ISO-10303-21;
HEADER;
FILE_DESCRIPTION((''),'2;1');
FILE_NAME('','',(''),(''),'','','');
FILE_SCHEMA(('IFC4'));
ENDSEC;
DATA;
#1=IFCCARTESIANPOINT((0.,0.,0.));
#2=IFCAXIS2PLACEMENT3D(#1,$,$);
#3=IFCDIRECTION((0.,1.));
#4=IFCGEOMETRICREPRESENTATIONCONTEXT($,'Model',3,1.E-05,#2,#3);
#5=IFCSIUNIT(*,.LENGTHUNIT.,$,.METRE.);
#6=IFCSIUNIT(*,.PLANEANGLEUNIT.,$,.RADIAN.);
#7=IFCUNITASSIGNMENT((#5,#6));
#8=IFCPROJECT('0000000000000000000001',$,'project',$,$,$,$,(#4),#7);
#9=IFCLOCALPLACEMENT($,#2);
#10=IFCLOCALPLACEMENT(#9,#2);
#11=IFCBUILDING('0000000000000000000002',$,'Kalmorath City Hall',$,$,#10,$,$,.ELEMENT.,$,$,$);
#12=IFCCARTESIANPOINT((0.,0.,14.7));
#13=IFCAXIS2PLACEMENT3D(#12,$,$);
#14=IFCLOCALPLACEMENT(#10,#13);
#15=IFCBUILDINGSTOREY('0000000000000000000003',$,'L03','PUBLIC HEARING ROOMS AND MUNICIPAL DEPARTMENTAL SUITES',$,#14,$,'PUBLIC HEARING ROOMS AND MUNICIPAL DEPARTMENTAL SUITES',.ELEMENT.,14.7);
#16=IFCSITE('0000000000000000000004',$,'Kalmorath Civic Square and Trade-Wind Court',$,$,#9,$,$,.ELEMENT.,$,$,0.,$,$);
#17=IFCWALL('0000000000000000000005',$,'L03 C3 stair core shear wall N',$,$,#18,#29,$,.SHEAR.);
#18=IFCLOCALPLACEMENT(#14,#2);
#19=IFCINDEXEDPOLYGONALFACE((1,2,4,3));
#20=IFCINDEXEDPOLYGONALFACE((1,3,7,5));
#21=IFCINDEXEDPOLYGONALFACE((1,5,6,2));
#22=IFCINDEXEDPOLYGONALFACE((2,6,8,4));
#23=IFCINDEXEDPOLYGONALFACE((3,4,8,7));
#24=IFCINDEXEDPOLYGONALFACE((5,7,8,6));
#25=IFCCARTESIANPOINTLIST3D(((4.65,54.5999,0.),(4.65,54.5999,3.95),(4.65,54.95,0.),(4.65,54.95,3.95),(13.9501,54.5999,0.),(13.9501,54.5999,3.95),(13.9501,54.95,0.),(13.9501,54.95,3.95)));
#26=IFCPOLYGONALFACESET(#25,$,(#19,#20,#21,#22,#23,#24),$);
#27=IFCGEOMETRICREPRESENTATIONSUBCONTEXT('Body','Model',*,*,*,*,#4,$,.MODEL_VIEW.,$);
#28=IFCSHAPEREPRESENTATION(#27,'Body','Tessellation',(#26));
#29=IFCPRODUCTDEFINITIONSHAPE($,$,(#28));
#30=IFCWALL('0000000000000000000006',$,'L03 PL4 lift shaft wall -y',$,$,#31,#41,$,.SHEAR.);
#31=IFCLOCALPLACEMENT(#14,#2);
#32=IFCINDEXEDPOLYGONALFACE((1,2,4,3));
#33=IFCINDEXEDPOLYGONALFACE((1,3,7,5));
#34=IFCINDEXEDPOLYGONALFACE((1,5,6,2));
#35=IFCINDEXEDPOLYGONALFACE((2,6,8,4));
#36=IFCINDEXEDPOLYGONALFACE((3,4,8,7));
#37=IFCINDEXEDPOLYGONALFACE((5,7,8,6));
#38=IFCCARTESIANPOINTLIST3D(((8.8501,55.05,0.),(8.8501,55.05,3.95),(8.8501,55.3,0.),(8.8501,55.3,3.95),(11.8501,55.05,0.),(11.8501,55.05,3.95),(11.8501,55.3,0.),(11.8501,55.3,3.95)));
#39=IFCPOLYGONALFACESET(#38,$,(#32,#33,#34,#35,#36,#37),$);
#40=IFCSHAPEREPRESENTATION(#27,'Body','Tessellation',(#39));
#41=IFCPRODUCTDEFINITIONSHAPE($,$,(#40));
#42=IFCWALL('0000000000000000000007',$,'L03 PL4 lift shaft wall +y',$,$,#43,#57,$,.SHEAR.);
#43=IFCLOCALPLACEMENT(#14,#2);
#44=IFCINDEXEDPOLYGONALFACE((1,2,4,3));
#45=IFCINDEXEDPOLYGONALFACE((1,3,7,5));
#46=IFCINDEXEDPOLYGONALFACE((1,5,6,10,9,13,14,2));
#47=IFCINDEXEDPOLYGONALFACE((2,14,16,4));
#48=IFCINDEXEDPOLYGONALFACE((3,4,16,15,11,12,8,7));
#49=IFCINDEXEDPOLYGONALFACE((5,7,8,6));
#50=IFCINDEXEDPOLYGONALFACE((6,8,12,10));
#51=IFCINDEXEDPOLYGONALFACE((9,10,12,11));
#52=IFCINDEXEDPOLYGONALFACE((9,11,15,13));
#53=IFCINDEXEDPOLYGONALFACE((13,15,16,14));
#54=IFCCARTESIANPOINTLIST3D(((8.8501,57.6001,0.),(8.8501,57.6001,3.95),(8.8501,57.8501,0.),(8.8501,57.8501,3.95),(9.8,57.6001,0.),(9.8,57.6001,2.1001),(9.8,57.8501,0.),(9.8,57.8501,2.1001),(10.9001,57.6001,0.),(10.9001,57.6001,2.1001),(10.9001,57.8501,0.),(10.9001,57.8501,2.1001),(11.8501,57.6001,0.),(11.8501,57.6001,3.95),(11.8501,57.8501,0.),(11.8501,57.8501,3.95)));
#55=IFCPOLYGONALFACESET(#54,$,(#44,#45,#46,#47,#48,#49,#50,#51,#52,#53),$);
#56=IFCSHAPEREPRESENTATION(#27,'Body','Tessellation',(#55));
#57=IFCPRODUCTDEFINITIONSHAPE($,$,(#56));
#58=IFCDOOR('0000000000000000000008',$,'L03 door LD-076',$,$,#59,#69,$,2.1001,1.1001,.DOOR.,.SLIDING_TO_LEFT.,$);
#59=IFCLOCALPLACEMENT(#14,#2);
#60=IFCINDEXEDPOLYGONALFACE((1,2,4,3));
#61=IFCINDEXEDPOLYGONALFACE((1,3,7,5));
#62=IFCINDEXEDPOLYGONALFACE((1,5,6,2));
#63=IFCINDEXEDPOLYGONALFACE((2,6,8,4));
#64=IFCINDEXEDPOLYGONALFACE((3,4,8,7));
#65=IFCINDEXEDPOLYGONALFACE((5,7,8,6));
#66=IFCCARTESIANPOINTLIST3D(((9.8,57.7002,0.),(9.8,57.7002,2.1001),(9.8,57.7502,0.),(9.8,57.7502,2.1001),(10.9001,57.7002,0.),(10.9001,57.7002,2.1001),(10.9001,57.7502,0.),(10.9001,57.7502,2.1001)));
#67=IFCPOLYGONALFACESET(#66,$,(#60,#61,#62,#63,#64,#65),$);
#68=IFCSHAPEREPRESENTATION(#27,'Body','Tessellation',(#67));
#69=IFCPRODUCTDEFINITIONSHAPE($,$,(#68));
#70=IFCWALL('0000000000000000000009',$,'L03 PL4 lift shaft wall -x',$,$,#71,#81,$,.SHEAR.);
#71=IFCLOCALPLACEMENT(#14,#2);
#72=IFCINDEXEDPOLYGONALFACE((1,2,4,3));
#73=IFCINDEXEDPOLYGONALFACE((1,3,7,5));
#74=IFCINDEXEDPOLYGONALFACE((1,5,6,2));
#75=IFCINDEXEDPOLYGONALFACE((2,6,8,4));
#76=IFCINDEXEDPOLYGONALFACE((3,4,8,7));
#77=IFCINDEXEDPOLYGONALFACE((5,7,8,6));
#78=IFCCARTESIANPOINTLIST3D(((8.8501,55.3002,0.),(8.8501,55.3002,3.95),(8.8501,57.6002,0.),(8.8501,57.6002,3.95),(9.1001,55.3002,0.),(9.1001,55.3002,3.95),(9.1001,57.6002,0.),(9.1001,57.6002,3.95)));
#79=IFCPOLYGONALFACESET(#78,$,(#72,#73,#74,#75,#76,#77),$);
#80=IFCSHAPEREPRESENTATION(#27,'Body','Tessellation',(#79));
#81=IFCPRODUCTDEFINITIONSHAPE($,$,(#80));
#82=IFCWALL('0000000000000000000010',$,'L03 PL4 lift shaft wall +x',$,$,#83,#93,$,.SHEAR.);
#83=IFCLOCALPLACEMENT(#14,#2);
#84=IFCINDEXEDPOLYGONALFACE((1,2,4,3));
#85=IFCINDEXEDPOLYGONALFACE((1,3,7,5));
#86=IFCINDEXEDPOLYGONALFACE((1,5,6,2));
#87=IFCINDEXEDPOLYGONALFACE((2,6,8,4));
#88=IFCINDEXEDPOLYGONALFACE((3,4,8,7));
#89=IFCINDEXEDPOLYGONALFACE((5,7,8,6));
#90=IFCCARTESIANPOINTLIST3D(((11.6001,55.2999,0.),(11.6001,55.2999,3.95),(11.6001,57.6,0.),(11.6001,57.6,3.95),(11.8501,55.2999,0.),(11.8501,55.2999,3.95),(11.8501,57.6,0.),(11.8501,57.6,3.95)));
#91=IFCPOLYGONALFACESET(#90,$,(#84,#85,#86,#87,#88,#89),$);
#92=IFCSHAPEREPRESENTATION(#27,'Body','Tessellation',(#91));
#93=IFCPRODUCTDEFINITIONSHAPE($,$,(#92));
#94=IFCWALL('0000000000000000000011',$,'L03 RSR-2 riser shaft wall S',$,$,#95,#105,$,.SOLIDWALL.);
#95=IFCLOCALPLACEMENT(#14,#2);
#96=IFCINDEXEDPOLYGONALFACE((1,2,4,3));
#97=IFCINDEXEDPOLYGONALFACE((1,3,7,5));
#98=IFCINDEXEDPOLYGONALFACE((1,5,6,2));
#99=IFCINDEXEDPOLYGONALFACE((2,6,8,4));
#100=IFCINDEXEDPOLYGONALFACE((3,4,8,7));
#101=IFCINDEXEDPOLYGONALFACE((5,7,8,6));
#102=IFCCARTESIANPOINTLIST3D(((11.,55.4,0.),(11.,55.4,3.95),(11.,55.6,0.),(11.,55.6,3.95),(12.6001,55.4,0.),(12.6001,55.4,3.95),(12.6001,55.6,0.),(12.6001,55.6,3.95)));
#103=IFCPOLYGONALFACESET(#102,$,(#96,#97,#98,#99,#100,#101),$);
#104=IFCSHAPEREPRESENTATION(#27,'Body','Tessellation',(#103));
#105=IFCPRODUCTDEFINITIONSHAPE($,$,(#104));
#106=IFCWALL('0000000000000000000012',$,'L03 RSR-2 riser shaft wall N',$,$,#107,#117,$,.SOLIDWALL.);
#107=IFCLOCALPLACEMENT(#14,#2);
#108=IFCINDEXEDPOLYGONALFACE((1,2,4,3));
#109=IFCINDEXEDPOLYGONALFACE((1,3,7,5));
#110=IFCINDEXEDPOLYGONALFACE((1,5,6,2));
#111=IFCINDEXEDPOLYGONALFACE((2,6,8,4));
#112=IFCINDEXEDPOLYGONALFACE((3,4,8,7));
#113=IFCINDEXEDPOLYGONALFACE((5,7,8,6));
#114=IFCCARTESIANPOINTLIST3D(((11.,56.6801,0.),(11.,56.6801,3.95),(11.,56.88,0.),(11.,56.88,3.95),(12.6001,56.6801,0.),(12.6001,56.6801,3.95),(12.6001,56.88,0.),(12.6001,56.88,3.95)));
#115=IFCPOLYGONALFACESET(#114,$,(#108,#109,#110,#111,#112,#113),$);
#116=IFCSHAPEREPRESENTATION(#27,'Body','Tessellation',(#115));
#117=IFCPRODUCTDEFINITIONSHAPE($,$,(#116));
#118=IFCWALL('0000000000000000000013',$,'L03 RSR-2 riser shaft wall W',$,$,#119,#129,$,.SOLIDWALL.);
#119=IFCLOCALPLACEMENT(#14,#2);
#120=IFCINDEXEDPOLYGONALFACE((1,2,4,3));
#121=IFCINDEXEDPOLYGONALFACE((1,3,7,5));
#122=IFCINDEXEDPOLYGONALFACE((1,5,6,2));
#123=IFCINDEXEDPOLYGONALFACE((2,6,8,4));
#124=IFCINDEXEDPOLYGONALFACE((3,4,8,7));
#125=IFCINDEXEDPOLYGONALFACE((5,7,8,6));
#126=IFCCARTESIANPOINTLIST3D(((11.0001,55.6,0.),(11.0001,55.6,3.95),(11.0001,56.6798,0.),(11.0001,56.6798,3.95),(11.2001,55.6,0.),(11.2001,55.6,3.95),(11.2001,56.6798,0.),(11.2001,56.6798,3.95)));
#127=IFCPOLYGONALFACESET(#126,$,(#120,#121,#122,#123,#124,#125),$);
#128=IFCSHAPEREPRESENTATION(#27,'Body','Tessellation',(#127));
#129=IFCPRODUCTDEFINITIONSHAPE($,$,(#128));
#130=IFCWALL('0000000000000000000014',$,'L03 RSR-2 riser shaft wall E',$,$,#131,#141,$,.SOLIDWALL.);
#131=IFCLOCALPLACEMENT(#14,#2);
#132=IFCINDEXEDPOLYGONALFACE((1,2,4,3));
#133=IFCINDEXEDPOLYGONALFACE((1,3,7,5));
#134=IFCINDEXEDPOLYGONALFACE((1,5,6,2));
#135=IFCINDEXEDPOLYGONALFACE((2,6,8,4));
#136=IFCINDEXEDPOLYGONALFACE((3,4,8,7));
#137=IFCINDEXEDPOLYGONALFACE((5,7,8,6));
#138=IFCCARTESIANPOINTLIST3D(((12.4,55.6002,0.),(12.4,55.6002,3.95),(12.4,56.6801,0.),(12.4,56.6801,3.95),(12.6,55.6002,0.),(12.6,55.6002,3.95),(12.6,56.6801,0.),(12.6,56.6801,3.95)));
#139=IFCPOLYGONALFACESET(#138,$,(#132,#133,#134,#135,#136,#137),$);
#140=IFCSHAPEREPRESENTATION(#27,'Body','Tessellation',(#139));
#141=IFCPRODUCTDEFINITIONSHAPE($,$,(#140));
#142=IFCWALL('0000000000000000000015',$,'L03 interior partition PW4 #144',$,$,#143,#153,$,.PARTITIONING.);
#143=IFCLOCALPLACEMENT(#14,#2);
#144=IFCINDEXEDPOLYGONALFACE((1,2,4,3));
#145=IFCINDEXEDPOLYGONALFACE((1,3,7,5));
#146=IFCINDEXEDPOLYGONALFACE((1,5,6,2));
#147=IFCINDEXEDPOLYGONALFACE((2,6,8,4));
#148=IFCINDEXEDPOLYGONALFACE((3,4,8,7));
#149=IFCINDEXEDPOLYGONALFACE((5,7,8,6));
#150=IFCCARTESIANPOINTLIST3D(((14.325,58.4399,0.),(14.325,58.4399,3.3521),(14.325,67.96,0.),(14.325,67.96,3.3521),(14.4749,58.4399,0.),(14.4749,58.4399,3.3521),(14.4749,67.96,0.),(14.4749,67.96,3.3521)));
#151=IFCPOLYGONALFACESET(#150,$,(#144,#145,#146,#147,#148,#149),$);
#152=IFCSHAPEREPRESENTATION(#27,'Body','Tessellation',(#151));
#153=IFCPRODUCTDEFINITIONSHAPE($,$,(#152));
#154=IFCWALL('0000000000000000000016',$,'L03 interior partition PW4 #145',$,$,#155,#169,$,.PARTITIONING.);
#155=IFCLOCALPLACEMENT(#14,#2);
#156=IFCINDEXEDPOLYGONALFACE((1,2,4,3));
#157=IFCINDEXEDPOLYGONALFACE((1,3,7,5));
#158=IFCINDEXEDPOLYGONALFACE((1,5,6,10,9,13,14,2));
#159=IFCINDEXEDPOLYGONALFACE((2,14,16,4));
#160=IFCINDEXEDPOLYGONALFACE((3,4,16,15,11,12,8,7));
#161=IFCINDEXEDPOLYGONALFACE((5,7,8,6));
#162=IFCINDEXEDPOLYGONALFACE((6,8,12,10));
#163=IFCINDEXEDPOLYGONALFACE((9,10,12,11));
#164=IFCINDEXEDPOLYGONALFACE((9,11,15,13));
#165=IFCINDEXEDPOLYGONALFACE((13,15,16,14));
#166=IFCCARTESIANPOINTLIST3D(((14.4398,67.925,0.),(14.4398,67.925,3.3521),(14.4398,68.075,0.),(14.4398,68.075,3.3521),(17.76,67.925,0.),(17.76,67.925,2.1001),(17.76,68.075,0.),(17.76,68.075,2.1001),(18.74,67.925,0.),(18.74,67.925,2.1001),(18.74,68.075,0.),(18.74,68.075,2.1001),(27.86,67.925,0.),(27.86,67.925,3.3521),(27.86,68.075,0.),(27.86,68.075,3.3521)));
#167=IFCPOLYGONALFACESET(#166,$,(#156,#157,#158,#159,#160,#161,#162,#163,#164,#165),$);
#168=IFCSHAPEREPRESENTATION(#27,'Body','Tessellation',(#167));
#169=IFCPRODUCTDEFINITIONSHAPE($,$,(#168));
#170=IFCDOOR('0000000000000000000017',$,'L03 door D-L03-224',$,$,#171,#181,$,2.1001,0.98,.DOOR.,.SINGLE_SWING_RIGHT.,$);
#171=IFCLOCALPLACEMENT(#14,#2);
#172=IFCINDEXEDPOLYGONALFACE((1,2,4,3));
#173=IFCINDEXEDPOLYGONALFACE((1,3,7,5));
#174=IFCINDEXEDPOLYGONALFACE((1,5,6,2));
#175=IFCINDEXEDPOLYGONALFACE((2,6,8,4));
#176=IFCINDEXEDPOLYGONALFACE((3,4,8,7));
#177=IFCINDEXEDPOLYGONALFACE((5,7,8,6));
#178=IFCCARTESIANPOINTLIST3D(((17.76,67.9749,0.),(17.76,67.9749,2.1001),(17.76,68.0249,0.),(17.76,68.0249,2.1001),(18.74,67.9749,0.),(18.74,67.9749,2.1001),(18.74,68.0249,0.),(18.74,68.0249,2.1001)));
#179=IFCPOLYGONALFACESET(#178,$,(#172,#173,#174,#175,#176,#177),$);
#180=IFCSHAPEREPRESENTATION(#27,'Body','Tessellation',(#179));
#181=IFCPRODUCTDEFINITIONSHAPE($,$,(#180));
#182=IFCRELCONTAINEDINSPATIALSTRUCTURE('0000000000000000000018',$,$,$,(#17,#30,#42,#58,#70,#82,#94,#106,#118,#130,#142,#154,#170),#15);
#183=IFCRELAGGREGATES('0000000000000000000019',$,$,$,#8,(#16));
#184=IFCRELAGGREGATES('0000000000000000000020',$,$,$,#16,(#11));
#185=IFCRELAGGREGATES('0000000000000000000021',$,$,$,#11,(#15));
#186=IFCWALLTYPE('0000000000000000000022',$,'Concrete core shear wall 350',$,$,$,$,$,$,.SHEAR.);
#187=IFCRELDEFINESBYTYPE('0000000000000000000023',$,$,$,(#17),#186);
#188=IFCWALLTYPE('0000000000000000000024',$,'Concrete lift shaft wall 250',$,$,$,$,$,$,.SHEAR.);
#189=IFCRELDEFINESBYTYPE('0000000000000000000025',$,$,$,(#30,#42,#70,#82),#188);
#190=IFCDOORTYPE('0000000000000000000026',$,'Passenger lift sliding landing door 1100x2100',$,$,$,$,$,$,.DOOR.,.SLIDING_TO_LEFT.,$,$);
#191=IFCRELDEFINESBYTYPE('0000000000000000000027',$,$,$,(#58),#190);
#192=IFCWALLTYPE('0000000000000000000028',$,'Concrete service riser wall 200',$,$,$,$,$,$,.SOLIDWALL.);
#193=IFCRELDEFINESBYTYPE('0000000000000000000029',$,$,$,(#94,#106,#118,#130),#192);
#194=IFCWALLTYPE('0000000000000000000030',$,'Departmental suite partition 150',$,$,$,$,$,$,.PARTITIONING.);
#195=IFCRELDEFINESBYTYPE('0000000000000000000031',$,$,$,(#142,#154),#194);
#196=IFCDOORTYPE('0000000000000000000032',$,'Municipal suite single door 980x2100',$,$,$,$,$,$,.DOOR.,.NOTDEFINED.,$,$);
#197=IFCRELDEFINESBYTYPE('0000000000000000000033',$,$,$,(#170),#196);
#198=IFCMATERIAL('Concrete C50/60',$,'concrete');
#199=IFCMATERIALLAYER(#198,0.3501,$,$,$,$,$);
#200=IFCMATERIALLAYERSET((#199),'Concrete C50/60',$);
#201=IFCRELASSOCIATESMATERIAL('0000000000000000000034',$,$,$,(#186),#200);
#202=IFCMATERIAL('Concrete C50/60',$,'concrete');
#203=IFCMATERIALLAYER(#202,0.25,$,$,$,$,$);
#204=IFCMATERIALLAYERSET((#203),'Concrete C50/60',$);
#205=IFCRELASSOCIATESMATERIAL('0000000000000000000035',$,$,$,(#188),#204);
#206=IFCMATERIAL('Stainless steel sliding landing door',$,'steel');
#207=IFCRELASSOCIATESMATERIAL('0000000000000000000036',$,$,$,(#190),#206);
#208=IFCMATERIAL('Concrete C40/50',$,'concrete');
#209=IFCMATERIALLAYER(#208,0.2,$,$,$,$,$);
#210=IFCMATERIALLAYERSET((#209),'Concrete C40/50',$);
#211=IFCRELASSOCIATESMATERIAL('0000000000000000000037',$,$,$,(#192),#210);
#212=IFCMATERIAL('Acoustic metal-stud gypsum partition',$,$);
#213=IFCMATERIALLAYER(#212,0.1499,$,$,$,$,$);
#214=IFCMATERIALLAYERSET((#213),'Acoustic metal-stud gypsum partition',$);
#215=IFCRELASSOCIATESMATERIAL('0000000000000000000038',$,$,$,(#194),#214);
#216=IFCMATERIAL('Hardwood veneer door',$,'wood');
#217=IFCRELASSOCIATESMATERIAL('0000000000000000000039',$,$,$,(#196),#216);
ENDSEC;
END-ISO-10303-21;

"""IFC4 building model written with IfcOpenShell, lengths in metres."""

from ifc_helpers import new_model, si_unit, direction, frame, frame_2d, origin, place, context, subcontext, project, spatial, rectangle, extrude, material, layer, layer_set, type_object, element, fill, save


model = new_model("IFC4")

# Units and contexts
model_context = context("Model", 3, precision=1e-05, world=origin(), true_north=direction((0.0, 1.0)))
body_context = subcontext(model_context, "Body", "Model", "MODEL_VIEW")
ifc_project = project(units=[si_unit("LENGTHUNIT", "METRE"), si_unit("PLANEANGLEUNIT", "RADIAN")], contexts=[model_context])

# Site, building, storey
site_placement = place(None, origin())
site = spatial("IfcSite", under=ifc_project, at=site_placement, Name="Kalmorath Civic Square and Trade-Wind Court", CompositionType="ELEMENT", RefElevation=0.0)
building_placement = place(site_placement, origin())
building = spatial("IfcBuilding", under=site, at=building_placement, Name="Kalmorath City Hall", CompositionType="ELEMENT")
storey_placement = place(building_placement, frame((0.0, 0.0, 14.7)))
storey = spatial("IfcBuildingStorey", under=building, at=storey_placement, Name="L03", Description="PUBLIC HEARING ROOMS AND MUNICIPAL DEPARTMENTAL SUITES", LongName="PUBLIC HEARING ROOMS AND MUNICIPAL DEPARTMENTAL SUITES", CompositionType="ELEMENT", Elevation=14.7)

# Walls
ifc_material_1 = material(Name="Concrete C50/60", Category="concrete")
ifc_layer_1 = layer(ifc_material_1, 0.3501)
ifc_layer_set_1 = layer_set([ifc_layer_1], Name="Concrete C50/60")
wall_type_1 = type_object("IfcWallType", Name="Concrete core shear wall 350", PredefinedType="SHEAR", material=ifc_layer_set_1)
wall_1_placement = place(storey_placement, frame((13.95, 54.7749, 0.0), z_axis=(0.0, 0.0, 1.0), x_axis=(-1.0, 0.0, 0.0)))
element("IfcWall", 1, at=wall_1_placement, inside=storey, type_object=wall_type_1, Name="L03 C3 stair core shear wall N", PredefinedType="SHEAR", context=body_context, shape_type="SweptSolid", body=[
    extrude(rectangle(XDim=9.3, YDim=0.3501, at=frame_2d((4.6499, 0.0))), origin(), (0.0, 0.0, 1.0), 3.95),
])
ifc_material_2 = material(Name="Concrete C50/60", Category="concrete")
ifc_layer_2 = layer(ifc_material_2, 0.25)
ifc_layer_set_2 = layer_set([ifc_layer_2], Name="Concrete C50/60")
wall_type_2 = type_object("IfcWallType", Name="Concrete lift shaft wall 250", PredefinedType="SHEAR", material=ifc_layer_set_2)
wall_2_placement = place(storey_placement, frame((8.8501, 55.175, 0.0), z_axis=(0.0, 0.0, 1.0), x_axis=(1.0, 0.0, 0.0)))
element("IfcWall", 2, at=wall_2_placement, inside=storey, type_object=wall_type_2, Name="L03 PL4 lift shaft wall -y", PredefinedType="SHEAR", context=body_context, shape_type="SweptSolid", body=[
    extrude(rectangle(XDim=3.0, YDim=0.25, at=frame_2d((1.5, 0.0))), origin(), (0.0, 0.0, 1.0), 3.95),
])

# Wall, opening, door
wall_3_placement = place(storey_placement, frame((11.8501, 57.7251, 0.0), z_axis=(0.0, 0.0, 1.0), x_axis=(-1.0, 0.0, 0.0)))
wall_3 = element("IfcWall", 3, at=wall_3_placement, inside=storey, type_object=wall_type_2, Name="L03 PL4 lift shaft wall +y", PredefinedType="SHEAR", context=body_context, shape_type="SweptSolid", body=[
    extrude(rectangle(XDim=3.0, YDim=0.25, at=frame_2d((1.5, 0.0))), origin(), (0.0, 0.0, 1.0), 3.95),
])
opening_1_placement = place(wall_3_placement, frame((0.95, 0.0, 0.0)))
opening_1 = element("IfcOpeningElement", 4, at=opening_1_placement, cuts=wall_3, PredefinedType="OPENING", context=body_context, shape_type="SweptSolid", body=[
    extrude(rectangle(XDim=1.1001, YDim=2.1001, at=frame_2d((0.55, 1.05))), frame((0.0, 0.135, 0.0), z_axis=(0.0, -1.0, 0.0), x_axis=(1.0, 0.0, 0.0)), (0.0, 0.0, 1.0), 0.27),
])
ifc_material_3 = material(Name="Stainless steel sliding landing door", Category="steel")
door_type_1 = type_object("IfcDoorType", Name="Passenger lift sliding landing door 1100x2100", OperationType="SLIDING_TO_LEFT", PredefinedType="DOOR", material=ifc_material_3)
door_1_placement = place(opening_1_placement, origin())
door_1 = element("IfcDoor", 5, at=door_1_placement, inside=storey, type_object=door_type_1, Name="L03 door LD-076", OperationType="SLIDING_TO_LEFT", OverallHeight=2.1001, OverallWidth=1.1001, PredefinedType="DOOR", context=body_context, shape_type="SweptSolid", body=[
    extrude(rectangle(XDim=1.1001, YDim=2.1001, at=frame_2d((0.55, 1.05))), frame((0.0, 0.0249, 0.0), z_axis=(0.0, -1.0, 0.0), x_axis=(1.0, 0.0, 0.0)), (0.0, 0.0, 1.0), 0.05),
])
fill(opening_1, door_1)

# Walls
for number, where, z_axis, x_axis, name in (
    (6, (8.9751, 57.6001, 0.0), (0.0, 0.0, 1.0), (0.0, -1.0, 0.0), "L03 PL4 lift shaft wall -x"),
    (7, (11.7251, 55.3, 0.0), (0.0, 0.0, 1.0), (0.0, 1.0, 0.0), "L03 PL4 lift shaft wall +x"),
):
    element("IfcWall", number, at=place(storey_placement, frame(where, z_axis=z_axis, x_axis=x_axis)), inside=storey, type_object=wall_type_2, Name=name, PredefinedType="SHEAR", context=body_context, shape_type="SweptSolid", body=[
        extrude(rectangle(XDim=2.3, YDim=0.25, at=frame_2d((1.1499, 0.0))), origin(), (0.0, 0.0, 1.0), 3.95),
    ])
ifc_material_4 = material(Name="Concrete C40/50", Category="concrete")
ifc_layer_3 = layer(ifc_material_4, 0.2)
ifc_layer_set_3 = layer_set([ifc_layer_3], Name="Concrete C40/50")
wall_type_3 = type_object("IfcWallType", Name="Concrete service riser wall 200", PredefinedType="SOLIDWALL", material=ifc_layer_set_3)
for number, where, z_axis, x_axis, name in (
    (8, (11.0, 55.5, 0.0), (0.0, 0.0, 1.0), (1.0, 0.0, 0.0), "L03 RSR-2 riser shaft wall S"),
    (9, (12.6001, 56.78, 0.0), (0.0, 0.0, 1.0), (-1.0, 0.0, 0.0), "L03 RSR-2 riser shaft wall N"),
):
    element("IfcWall", number, at=place(storey_placement, frame(where, z_axis=z_axis, x_axis=x_axis)), inside=storey, type_object=wall_type_3, Name=name, PredefinedType="SOLIDWALL", context=body_context, shape_type="SweptSolid", body=[
        extrude(rectangle(XDim=1.6001, YDim=0.2, at=frame_2d((0.8, 0.0))), origin(), (0.0, 0.0, 1.0), 3.95),
    ])
for number, where, z_axis, x_axis, name in (
    (10, (11.1001, 56.6799, 0.0), (0.0, 0.0, 1.0), (0.0, -1.0, 0.0), "L03 RSR-2 riser shaft wall W"),
    (11, (12.5, 55.6001, 0.0), (0.0, 0.0, 1.0), (0.0, 1.0, 0.0), "L03 RSR-2 riser shaft wall E"),
):
    element("IfcWall", number, at=place(storey_placement, frame(where, z_axis=z_axis, x_axis=x_axis)), inside=storey, type_object=wall_type_3, Name=name, PredefinedType="SOLIDWALL", context=body_context, shape_type="SweptSolid", body=[
        extrude(rectangle(XDim=1.0798, YDim=0.2, at=frame_2d((0.54, 0.0))), origin(), (0.0, 0.0, 1.0), 3.95),
    ])
ifc_material_5 = material(Name="Acoustic metal-stud gypsum partition")
ifc_layer_4 = layer(ifc_material_5, 0.1499)
ifc_layer_set_4 = layer_set([ifc_layer_4], Name="Acoustic metal-stud gypsum partition")
wall_type_4 = type_object("IfcWallType", Name="Departmental suite partition 150", PredefinedType="PARTITIONING", material=ifc_layer_set_4)
wall_4_placement = place(storey_placement, frame((14.3999, 58.4399, 0.0), z_axis=(0.0, 0.0, 1.0), x_axis=(0.0, 1.0, 0.0)))
element("IfcWall", 12, at=wall_4_placement, inside=storey, type_object=wall_type_4, Name="L03 interior partition PW4 #144", PredefinedType="PARTITIONING", context=body_context, shape_type="SweptSolid", body=[
    extrude(rectangle(XDim=9.52, YDim=0.1499, at=frame_2d((4.76, 0.0))), origin(), (0.0, 0.0, 1.0), 3.3521),
])

# Wall, opening, door
wall_5_placement = place(storey_placement, frame((14.4399, 68.0, 0.0), z_axis=(0.0, 0.0, 1.0), x_axis=(1.0, 0.0, 0.0)))
wall_5 = element("IfcWall", 13, at=wall_5_placement, inside=storey, type_object=wall_type_4, Name="L03 interior partition PW4 #145", PredefinedType="PARTITIONING", context=body_context, shape_type="SweptSolid", body=[
    extrude(rectangle(XDim=13.4202, YDim=0.1499, at=frame_2d((6.71, 0.0))), origin(), (0.0, 0.0, 1.0), 3.3521),
])
opening_2_placement = place(wall_5_placement, frame((3.3201, 0.0, 0.0)))
opening_2 = element("IfcOpeningElement", 14, at=opening_2_placement, cuts=wall_5, PredefinedType="OPENING", context=body_context, shape_type="SweptSolid", body=[
    extrude(rectangle(XDim=0.98, YDim=2.1001, at=frame_2d((0.49, 1.05))), frame((0.0, 0.085, 0.0), z_axis=(0.0, -1.0, 0.0), x_axis=(1.0, 0.0, 0.0)), (0.0, 0.0, 1.0), 0.1699),
])
ifc_material_6 = material(Name="Hardwood veneer door", Category="wood")
door_type_2 = type_object("IfcDoorType", Name="Municipal suite single door 980x2100", OperationType="NOTDEFINED", PredefinedType="DOOR", material=ifc_material_6)
door_2_placement = place(opening_2_placement, origin())
door_2 = element("IfcDoor", 15, at=door_2_placement, inside=storey, type_object=door_type_2, Name="L03 door D-L03-224", OperationType="SINGLE_SWING_RIGHT", OverallHeight=2.1001, OverallWidth=0.98, PredefinedType="DOOR", context=body_context, shape_type="SweptSolid", body=[
    extrude(rectangle(XDim=0.98, YDim=2.1001, at=frame_2d((0.49, 1.05))), frame((0.0, 0.0249, 0.0), z_axis=(0.0, -1.0, 0.0), x_axis=(1.0, 0.0, 0.0)), (0.0, 0.0, 1.0), 0.05),
])
fill(opening_2, door_2)

save(model, "model.ifc")
